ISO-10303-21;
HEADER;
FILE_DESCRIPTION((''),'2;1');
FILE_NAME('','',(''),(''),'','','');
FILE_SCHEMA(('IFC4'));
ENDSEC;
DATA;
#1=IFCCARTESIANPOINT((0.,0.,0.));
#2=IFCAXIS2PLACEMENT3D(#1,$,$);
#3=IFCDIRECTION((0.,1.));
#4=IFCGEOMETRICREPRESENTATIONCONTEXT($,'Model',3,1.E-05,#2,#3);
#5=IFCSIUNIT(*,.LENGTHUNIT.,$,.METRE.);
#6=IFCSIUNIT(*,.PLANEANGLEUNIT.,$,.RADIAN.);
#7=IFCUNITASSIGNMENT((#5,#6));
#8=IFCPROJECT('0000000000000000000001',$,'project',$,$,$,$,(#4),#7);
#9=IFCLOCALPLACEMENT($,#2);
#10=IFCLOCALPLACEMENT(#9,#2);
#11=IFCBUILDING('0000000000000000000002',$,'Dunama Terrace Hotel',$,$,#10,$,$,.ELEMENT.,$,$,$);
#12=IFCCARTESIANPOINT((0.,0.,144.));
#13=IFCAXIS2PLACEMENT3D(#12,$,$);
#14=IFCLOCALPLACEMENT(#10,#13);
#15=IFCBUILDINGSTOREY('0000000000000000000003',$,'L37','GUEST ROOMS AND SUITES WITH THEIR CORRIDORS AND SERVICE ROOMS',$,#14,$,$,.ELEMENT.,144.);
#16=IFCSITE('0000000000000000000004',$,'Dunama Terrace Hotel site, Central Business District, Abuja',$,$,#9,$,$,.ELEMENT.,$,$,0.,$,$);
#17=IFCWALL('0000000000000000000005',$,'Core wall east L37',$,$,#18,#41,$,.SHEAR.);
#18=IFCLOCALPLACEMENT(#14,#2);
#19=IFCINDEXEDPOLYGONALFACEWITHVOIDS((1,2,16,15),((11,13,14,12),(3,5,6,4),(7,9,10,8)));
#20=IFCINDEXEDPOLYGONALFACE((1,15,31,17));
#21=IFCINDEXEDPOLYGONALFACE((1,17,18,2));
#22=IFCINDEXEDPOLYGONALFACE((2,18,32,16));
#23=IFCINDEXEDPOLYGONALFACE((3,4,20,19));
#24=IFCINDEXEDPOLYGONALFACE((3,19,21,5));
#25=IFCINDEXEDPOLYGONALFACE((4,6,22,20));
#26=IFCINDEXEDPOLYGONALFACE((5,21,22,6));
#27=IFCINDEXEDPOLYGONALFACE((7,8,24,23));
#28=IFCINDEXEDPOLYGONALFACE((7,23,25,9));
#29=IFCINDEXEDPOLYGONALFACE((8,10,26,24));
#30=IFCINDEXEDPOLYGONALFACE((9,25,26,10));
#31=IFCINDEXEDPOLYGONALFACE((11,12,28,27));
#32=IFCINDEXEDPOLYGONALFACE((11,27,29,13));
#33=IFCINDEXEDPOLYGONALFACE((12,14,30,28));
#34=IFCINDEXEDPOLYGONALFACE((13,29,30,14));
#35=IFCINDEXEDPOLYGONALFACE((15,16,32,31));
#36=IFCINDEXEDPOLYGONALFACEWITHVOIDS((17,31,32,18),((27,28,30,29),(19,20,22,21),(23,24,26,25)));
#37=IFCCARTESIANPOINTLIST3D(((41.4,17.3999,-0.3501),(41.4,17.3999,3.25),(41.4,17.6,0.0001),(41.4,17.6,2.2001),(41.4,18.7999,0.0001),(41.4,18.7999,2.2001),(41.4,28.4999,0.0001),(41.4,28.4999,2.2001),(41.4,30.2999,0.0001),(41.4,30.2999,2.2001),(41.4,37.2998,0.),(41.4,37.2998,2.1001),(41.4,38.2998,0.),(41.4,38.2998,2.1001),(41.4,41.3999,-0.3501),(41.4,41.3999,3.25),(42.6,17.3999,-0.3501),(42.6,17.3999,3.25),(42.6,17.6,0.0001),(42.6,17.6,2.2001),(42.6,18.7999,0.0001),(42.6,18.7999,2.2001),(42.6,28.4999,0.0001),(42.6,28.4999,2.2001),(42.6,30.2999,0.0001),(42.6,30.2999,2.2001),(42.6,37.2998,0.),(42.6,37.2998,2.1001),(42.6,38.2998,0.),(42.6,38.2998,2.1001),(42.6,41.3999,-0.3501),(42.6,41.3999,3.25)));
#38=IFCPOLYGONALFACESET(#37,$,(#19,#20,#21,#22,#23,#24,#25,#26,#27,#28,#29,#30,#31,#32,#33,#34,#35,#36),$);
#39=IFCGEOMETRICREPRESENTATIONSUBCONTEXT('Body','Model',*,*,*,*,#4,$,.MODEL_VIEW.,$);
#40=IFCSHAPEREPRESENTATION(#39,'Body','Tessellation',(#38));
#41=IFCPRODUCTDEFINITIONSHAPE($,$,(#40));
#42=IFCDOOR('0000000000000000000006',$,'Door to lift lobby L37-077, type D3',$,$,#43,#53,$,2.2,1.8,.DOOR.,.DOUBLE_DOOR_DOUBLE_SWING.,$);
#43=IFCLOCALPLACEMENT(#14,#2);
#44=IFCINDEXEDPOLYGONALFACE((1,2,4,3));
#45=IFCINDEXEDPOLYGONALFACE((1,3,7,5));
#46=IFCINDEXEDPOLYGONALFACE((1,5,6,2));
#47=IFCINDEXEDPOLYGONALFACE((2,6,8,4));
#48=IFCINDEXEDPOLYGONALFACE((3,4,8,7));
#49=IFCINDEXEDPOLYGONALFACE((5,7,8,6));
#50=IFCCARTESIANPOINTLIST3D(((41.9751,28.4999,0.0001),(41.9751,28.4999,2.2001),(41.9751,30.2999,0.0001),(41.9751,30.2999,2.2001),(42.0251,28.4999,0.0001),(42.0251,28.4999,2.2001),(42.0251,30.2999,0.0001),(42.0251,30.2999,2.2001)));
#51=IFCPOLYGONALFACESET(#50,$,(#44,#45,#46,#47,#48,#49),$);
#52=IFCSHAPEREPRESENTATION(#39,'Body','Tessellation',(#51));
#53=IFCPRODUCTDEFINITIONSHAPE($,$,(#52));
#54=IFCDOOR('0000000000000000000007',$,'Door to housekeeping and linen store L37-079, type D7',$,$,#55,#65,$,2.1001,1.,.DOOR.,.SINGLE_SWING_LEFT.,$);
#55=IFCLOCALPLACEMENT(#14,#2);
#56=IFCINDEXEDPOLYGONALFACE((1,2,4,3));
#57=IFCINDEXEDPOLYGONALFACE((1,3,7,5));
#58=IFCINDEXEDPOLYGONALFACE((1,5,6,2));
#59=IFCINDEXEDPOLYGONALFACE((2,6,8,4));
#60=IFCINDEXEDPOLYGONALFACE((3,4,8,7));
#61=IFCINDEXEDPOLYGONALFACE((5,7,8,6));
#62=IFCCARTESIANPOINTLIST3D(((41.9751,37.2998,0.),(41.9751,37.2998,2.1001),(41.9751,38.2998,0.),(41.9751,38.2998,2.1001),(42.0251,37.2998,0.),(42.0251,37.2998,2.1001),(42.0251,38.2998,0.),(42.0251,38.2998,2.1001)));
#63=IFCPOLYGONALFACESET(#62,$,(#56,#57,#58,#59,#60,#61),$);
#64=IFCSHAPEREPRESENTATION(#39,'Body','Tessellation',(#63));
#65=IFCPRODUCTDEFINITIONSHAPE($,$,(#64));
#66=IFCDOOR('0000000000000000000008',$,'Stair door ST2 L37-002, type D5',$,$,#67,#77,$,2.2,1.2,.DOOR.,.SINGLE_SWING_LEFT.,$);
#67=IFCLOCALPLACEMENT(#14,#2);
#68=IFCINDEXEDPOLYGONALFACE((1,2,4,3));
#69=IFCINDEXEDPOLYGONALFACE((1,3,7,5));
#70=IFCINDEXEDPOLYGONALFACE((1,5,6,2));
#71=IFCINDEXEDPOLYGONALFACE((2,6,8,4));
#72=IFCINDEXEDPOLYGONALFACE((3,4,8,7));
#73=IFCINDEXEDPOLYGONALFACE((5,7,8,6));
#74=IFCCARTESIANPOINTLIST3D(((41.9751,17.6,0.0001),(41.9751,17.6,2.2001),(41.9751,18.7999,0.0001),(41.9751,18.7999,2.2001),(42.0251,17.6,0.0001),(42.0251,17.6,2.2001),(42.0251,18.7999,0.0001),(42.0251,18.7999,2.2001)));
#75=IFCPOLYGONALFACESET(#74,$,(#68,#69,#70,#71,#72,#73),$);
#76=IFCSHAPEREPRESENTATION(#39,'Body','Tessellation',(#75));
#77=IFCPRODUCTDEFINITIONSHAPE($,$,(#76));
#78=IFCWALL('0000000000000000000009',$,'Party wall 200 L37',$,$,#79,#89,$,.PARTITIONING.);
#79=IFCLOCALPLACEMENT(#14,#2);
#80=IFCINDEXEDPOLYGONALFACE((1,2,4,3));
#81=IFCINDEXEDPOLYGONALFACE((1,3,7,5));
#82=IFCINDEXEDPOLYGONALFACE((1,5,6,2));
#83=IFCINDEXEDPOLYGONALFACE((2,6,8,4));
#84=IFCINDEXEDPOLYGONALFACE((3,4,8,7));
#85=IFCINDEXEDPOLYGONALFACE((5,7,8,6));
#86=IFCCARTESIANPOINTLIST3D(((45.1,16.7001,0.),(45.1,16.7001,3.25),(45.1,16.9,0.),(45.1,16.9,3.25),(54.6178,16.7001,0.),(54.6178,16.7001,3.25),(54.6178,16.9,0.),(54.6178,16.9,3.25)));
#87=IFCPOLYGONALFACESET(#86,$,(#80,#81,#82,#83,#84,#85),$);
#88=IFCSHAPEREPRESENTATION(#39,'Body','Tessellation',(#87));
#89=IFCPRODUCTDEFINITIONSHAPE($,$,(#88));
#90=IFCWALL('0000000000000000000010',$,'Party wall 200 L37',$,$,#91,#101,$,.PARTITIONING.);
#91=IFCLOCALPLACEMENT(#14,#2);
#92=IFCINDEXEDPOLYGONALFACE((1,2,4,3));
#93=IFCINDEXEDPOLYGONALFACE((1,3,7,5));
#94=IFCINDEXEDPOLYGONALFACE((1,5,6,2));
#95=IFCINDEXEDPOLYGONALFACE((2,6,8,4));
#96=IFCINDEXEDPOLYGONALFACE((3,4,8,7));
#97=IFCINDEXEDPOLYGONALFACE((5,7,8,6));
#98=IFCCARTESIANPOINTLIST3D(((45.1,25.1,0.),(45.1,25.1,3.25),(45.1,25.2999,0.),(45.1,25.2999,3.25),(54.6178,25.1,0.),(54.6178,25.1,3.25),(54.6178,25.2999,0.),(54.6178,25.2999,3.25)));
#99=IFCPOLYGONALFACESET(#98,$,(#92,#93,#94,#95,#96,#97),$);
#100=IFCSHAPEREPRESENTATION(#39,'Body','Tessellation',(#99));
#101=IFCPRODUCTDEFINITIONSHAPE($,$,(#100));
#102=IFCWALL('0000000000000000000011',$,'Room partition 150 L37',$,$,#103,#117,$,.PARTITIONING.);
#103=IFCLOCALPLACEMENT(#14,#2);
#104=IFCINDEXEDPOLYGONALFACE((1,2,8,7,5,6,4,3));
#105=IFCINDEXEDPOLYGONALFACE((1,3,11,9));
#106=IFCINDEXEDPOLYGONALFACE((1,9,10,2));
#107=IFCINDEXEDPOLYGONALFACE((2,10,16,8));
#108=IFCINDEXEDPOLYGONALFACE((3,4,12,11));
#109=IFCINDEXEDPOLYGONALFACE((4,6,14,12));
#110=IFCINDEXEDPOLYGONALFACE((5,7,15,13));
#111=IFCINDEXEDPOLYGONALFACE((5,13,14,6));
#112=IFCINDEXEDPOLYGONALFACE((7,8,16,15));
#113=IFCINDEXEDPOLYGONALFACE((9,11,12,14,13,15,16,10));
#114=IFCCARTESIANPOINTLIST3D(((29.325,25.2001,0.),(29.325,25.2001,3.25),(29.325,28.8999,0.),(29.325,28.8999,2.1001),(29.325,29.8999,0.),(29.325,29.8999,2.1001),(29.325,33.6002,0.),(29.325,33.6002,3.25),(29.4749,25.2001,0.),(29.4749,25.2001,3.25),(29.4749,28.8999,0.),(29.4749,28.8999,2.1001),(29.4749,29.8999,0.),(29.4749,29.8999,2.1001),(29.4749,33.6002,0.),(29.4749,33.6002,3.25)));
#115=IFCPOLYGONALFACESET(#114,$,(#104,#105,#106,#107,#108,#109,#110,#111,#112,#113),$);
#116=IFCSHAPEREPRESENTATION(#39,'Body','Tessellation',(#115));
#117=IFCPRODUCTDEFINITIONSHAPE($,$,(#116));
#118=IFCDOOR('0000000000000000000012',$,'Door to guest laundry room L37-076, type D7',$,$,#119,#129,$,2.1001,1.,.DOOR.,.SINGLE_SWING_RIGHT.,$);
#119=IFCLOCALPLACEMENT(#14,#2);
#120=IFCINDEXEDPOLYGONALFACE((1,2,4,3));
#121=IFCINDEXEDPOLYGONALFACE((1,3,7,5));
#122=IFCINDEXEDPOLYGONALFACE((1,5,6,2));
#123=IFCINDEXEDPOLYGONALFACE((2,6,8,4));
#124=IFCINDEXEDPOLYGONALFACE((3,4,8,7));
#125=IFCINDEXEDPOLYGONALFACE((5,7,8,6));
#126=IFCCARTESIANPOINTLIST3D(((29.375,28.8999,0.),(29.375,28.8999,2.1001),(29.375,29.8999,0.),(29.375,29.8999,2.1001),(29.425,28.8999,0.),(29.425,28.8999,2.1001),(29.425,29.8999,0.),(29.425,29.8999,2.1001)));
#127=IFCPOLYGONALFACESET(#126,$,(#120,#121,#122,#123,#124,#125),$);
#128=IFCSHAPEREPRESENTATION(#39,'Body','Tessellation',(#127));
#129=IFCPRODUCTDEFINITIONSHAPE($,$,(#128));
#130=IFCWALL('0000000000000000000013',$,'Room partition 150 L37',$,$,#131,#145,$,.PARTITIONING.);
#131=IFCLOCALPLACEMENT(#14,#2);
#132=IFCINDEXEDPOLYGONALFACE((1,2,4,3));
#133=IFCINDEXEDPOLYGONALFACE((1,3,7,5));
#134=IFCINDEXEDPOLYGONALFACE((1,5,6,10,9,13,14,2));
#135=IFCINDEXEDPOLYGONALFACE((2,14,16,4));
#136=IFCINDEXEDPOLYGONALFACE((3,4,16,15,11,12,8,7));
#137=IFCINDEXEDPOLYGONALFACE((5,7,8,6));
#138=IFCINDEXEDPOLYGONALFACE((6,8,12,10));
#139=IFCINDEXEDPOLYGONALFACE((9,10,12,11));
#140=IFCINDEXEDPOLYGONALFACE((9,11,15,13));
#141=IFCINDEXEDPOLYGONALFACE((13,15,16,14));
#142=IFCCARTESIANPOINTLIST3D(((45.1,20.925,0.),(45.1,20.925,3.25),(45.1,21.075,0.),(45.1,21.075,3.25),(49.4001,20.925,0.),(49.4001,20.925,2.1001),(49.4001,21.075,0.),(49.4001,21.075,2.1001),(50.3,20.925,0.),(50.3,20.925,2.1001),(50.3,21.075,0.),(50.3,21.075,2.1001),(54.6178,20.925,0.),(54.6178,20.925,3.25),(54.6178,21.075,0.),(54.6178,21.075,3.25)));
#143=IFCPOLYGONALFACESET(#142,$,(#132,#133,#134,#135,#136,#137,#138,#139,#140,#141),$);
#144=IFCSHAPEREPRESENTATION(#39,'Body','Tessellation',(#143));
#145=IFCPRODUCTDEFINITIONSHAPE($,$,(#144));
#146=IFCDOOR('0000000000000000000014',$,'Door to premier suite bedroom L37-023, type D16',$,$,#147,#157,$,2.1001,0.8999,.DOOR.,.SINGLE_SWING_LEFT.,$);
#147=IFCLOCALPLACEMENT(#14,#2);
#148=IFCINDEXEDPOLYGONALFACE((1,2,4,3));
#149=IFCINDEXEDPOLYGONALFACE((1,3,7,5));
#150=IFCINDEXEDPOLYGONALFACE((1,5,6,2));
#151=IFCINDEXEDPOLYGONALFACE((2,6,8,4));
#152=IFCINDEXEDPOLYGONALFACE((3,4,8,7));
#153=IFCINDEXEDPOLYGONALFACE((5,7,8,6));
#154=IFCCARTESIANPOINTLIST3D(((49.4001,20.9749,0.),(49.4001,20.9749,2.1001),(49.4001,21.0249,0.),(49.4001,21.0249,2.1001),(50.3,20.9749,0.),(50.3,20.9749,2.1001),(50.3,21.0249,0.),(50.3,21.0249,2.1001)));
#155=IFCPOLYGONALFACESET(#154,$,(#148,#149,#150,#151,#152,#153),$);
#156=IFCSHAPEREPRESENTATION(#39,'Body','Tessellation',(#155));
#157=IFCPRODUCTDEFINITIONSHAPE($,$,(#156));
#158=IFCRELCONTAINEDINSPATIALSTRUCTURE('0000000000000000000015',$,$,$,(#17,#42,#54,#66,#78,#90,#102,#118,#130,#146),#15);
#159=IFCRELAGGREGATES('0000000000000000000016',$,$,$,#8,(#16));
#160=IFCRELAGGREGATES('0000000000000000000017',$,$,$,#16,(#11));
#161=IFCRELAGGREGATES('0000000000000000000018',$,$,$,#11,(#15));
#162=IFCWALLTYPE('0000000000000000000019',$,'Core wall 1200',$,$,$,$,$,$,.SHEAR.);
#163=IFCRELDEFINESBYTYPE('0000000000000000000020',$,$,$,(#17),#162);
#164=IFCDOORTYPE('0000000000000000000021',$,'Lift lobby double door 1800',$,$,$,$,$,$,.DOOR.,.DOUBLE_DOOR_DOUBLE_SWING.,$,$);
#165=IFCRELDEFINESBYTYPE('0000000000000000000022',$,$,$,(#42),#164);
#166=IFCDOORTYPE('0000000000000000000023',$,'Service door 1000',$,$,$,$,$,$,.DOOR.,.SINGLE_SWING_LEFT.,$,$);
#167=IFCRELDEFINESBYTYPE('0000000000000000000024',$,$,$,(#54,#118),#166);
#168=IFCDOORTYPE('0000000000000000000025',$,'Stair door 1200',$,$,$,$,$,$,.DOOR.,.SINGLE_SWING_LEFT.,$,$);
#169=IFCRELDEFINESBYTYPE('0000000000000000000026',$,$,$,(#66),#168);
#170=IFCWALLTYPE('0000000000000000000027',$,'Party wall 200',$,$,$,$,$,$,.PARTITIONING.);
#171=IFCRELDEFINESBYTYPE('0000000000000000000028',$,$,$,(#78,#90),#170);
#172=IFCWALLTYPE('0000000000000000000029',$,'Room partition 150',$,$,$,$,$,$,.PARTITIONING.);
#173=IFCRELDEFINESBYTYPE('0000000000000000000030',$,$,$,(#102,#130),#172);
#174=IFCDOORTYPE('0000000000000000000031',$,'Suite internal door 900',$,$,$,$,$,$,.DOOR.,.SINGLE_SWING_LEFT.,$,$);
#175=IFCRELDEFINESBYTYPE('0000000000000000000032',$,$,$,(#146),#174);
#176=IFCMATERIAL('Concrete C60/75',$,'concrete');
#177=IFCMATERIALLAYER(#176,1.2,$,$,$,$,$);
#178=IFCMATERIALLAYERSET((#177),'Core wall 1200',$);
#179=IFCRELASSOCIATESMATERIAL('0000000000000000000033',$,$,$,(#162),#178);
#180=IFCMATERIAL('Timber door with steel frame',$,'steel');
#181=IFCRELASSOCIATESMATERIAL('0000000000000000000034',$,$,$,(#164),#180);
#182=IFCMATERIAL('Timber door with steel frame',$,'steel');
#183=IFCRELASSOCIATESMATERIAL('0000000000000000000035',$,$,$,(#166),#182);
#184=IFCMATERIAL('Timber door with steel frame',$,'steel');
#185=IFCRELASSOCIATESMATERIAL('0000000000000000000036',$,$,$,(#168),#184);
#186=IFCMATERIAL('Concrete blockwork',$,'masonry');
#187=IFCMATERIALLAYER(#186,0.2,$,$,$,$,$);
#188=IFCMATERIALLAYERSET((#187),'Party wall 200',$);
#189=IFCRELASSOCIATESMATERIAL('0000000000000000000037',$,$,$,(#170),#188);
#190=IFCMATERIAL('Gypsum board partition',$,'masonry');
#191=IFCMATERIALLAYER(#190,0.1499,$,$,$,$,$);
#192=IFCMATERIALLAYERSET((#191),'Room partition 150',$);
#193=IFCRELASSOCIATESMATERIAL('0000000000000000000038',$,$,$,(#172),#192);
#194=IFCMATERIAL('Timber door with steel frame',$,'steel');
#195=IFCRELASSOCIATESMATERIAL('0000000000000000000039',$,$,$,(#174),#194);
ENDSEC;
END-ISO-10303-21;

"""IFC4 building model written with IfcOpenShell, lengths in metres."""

from ifc_helpers import new_model, si_unit, direction, frame, frame_2d, origin, place, context, subcontext, project, spatial, rectangle, extrude, material, layer, layer_set, type_object, element, fill, save


model = new_model("IFC4")

# Units and contexts
model_context = context("Model", 3, precision=1e-05, world=origin(), true_north=direction((0.0, 1.0)))
body_context = subcontext(model_context, "Body", "Model", "MODEL_VIEW")
ifc_project = project(units=[si_unit("LENGTHUNIT", "METRE"), si_unit("PLANEANGLEUNIT", "RADIAN")], contexts=[model_context])

# Site, building, storey
site_placement = place(None, origin())
site = spatial("IfcSite", under=ifc_project, at=site_placement, Name="Dunama Terrace Hotel site, Central Business District, Abuja", CompositionType="ELEMENT", RefElevation=0.0)
building_placement = place(site_placement, origin())
building = spatial("IfcBuilding", under=site, at=building_placement, Name="Dunama Terrace Hotel", CompositionType="ELEMENT")
storey_placement = place(building_placement, frame((0.0, 0.0, 144.0)))
storey = spatial("IfcBuildingStorey", under=building, at=storey_placement, Name="L37", Description="GUEST ROOMS AND SUITES WITH THEIR CORRIDORS AND SERVICE ROOMS", CompositionType="ELEMENT", Elevation=144.0)

# Wall, openings, doors
ifc_material_1 = material(Name="Concrete C60/75", Category="concrete")
ifc_layer_1 = layer(ifc_material_1, 1.2)
ifc_layer_set_1 = layer_set([ifc_layer_1], Name="Core wall 1200")
wall_type_1 = type_object("IfcWallType", Name="Core wall 1200", PredefinedType="SHEAR", material=ifc_layer_set_1)
wall_1_placement = place(storey_placement, frame((42.0, 17.3999, -0.3501), z_axis=(0.0, 0.0, 1.0), x_axis=(0.0, 1.0, 0.0)))
wall_1 = element("IfcWall", 1, at=wall_1_placement, inside=storey, type_object=wall_type_1, Name="Core wall east L37", PredefinedType="SHEAR", context=body_context, shape_type="SweptSolid", body=[
    extrude(rectangle(XDim=24.0, YDim=1.2, at=frame_2d((12.0, 0.0))), origin(), (0.0, 0.0, 1.0), 3.6001),
])
opening_1_placement = place(wall_1_placement, frame((0.2, 0.0, 0.3501)))
opening_1 = element("IfcOpeningElement", 2, at=opening_1_placement, cuts=wall_1, PredefinedType="OPENING", context=body_context, shape_type="SweptSolid", body=[
    extrude(rectangle(XDim=1.2, YDim=2.2, at=frame_2d((0.6001, 1.1001))), frame((0.0, 0.6099, 0.0), z_axis=(0.0, -1.0, 0.0), x_axis=(1.0, 0.0, 0.0)), (0.0, 0.0, 1.0), 1.22),
])
opening_2_placement = place(wall_1_placement, frame((11.1001, 0.0, 0.3501)))
opening_2 = element("IfcOpeningElement", 3, at=opening_2_placement, cuts=wall_1, PredefinedType="OPENING", context=body_context, shape_type="SweptSolid", body=[
    extrude(rectangle(XDim=1.8, YDim=2.2, at=frame_2d((0.8999, 1.1001))), frame((0.0, 0.6099, 0.0), z_axis=(0.0, -1.0, 0.0), x_axis=(1.0, 0.0, 0.0)), (0.0, 0.0, 1.0), 1.22),
])
opening_3_placement = place(wall_1_placement, frame((19.8999, 0.0, 0.3501)))
opening_3 = element("IfcOpeningElement", 4, at=opening_3_placement, cuts=wall_1, PredefinedType="OPENING", context=body_context, shape_type="SweptSolid", body=[
    extrude(rectangle(XDim=1.0, YDim=2.1001, at=frame_2d((0.5, 1.05))), frame((0.0, 0.6099, 0.0), z_axis=(0.0, -1.0, 0.0), x_axis=(1.0, 0.0, 0.0)), (0.0, 0.0, 1.0), 1.22),
])
ifc_material_2 = material(Name="Timber door with steel frame", Category="steel")
door_type_1 = type_object("IfcDoorType", Name="Lift lobby double door 1800", OperationType="DOUBLE_DOOR_DOUBLE_SWING", PredefinedType="DOOR", material=ifc_material_2)
door_1_placement = place(opening_2_placement, origin())
door_1 = element("IfcDoor", 5, at=door_1_placement, inside=storey, type_object=door_type_1, Name="Door to lift lobby L37-077, type D3", OperationType="DOUBLE_DOOR_DOUBLE_SWING", OverallHeight=2.2, OverallWidth=1.8, PredefinedType="DOOR", context=body_context, shape_type="SweptSolid", body=[
    extrude(rectangle(XDim=1.8, YDim=2.2, at=frame_2d((0.8999, 1.1001))), frame((0.0, 0.0249, 0.0), z_axis=(0.0, -1.0, 0.0), x_axis=(1.0, 0.0, 0.0)), (0.0, 0.0, 1.0), 0.05),
])
fill(opening_2, door_1)
ifc_material_3 = material(Name="Timber door with steel frame", Category="steel")
door_type_2 = type_object("IfcDoorType", Name="Service door 1000", OperationType="SINGLE_SWING_LEFT", PredefinedType="DOOR", material=ifc_material_3)
door_2_placement = place(opening_3_placement, origin())
door_2 = element("IfcDoor", 6, at=door_2_placement, inside=storey, type_object=door_type_2, Name="Door to housekeeping and linen store L37-079, type D7", OperationType="SINGLE_SWING_LEFT", OverallHeight=2.1001, OverallWidth=1.0, PredefinedType="DOOR", context=body_context, shape_type="SweptSolid", body=[
    extrude(rectangle(XDim=1.0, YDim=2.1001, at=frame_2d((0.5, 1.05))), frame((0.0, 0.0249, 0.0), z_axis=(0.0, -1.0, 0.0), x_axis=(1.0, 0.0, 0.0)), (0.0, 0.0, 1.0), 0.05),
])
fill(opening_3, door_2)
ifc_material_4 = material(Name="Timber door with steel frame", Category="steel")
door_type_3 = type_object("IfcDoorType", Name="Stair door 1200", OperationType="SINGLE_SWING_LEFT", PredefinedType="DOOR", material=ifc_material_4)
door_3_placement = place(opening_1_placement, origin())
door_3 = element("IfcDoor", 7, at=door_3_placement, inside=storey, type_object=door_type_3, Name="Stair door ST2 L37-002, type D5", OperationType="SINGLE_SWING_LEFT", OverallHeight=2.2, OverallWidth=1.2, PredefinedType="DOOR", context=body_context, shape_type="SweptSolid", body=[
    extrude(rectangle(XDim=1.2, YDim=2.2, at=frame_2d((0.6001, 1.1001))), frame((0.0, 0.0249, 0.0), z_axis=(0.0, -1.0, 0.0), x_axis=(1.0, 0.0, 0.0)), (0.0, 0.0, 1.0), 0.05),
])
fill(opening_1, door_3)

# Walls
ifc_material_5 = material(Name="Concrete blockwork", Category="masonry")
ifc_layer_2 = layer(ifc_material_5, 0.2)
ifc_layer_set_2 = layer_set([ifc_layer_2], Name="Party wall 200")
wall_type_2 = type_object("IfcWallType", Name="Party wall 200", PredefinedType="PARTITIONING", material=ifc_layer_set_2)
for number, where, z_axis, x_axis, name in (
    (8, (45.1001, 16.8, 0.0), (0.0, 0.0, 1.0), (1.0, 0.0, 0.0), "Party wall 200 L37"),
    (9, (45.1001, 25.2, 0.0), (0.0, 0.0, 1.0), (1.0, 0.0, 0.0), "Party wall 200 L37"),
):
    element("IfcWall", number, at=place(storey_placement, frame(where, z_axis=z_axis, x_axis=x_axis)), inside=storey, type_object=wall_type_2, Name=name, PredefinedType="PARTITIONING", context=body_context, shape_type="SweptSolid", body=[
        extrude(rectangle(XDim=9.5178, YDim=0.2, at=frame_2d((4.7588, 0.0))), origin(), (0.0, 0.0, 1.0), 3.25),
    ])

# Walls, openings, doors
ifc_material_6 = material(Name="Gypsum board partition", Category="masonry")
ifc_layer_3 = layer(ifc_material_6, 0.1499)
ifc_layer_set_3 = layer_set([ifc_layer_3], Name="Room partition 150")
wall_type_3 = type_object("IfcWallType", Name="Room partition 150", PredefinedType="PARTITIONING", material=ifc_layer_set_3)
wall_2_placement = place(storey_placement, frame((29.3999, 25.2, 0.0), z_axis=(0.0, 0.0, 1.0), x_axis=(0.0, 1.0, 0.0)))
wall_2 = element("IfcWall", 10, at=wall_2_placement, inside=storey, type_object=wall_type_3, Name="Room partition 150 L37", PredefinedType="PARTITIONING", context=body_context, shape_type="SweptSolid", body=[
    extrude(rectangle(XDim=8.4001, YDim=0.1499, at=frame_2d((4.2002, 0.0))), origin(), (0.0, 0.0, 1.0), 3.25),
])
opening_4_placement = place(wall_2_placement, frame((3.7, 0.0, 0.0)))
opening_4 = element("IfcOpeningElement", 11, at=opening_4_placement, cuts=wall_2, PredefinedType="OPENING", context=body_context, shape_type="SweptSolid", body=[
    extrude(rectangle(XDim=1.0, YDim=2.1001, at=frame_2d((0.5, 1.05))), frame((0.0, 0.085, 0.0), z_axis=(0.0, -1.0, 0.0), x_axis=(1.0, 0.0, 0.0)), (0.0, 0.0, 1.0), 0.1699),
])
door_4_placement = place(opening_4_placement, frame((1.0, 0.0, 0.0), z_axis=(0.0, 0.0, 1.0), x_axis=(-1.0, 0.0, 0.0)))
door_4 = element("IfcDoor", 12, at=door_4_placement, inside=storey, type_object=door_type_2, Name="Door to guest laundry room L37-076, type D7", OperationType="SINGLE_SWING_RIGHT", OverallHeight=2.1001, OverallWidth=1.0, PredefinedType="DOOR", context=body_context, shape_type="SweptSolid", body=[
    extrude(rectangle(XDim=1.0, YDim=2.1001, at=frame_2d((0.5, 1.05))), frame((0.0, 0.0251, 0.0), z_axis=(0.0, -1.0, 0.0), x_axis=(1.0, 0.0, 0.0)), (0.0, 0.0, 1.0), 0.05),
])
fill(opening_4, door_4)
wall_3_placement = place(storey_placement, frame((45.1001, 21.0, 0.0), z_axis=(0.0, 0.0, 1.0), x_axis=(1.0, 0.0, 0.0)))
wall_3 = element("IfcWall", 13, at=wall_3_placement, inside=storey, type_object=wall_type_3, Name="Room partition 150 L37", PredefinedType="PARTITIONING", context=body_context, shape_type="SweptSolid", body=[
    extrude(rectangle(XDim=9.5178, YDim=0.1499, at=frame_2d((4.7588, 0.0))), origin(), (0.0, 0.0, 1.0), 3.25),
])
opening_5_placement = place(wall_3_placement, frame((4.3, 0.0, 0.0)))
opening_5 = element("IfcOpeningElement", 14, at=opening_5_placement, cuts=wall_3, PredefinedType="OPENING", context=body_context, shape_type="SweptSolid", body=[
    extrude(rectangle(XDim=0.8999, YDim=2.1001, at=frame_2d((0.45, 1.05))), frame((0.0, 0.085, 0.0), z_axis=(0.0, -1.0, 0.0), x_axis=(1.0, 0.0, 0.0)), (0.0, 0.0, 1.0), 0.1699),
])
ifc_material_7 = material(Name="Timber door with steel frame", Category="steel")
door_type_4 = type_object("IfcDoorType", Name="Suite internal door 900", OperationType="SINGLE_SWING_LEFT", PredefinedType="DOOR", material=ifc_material_7)
door_5_placement = place(opening_5_placement, origin())
door_5 = element("IfcDoor", 15, at=door_5_placement, inside=storey, type_object=door_type_4, Name="Door to premier suite bedroom L37-023, type D16", OperationType="SINGLE_SWING_LEFT", OverallHeight=2.1001, OverallWidth=0.8999, PredefinedType="DOOR", context=body_context, shape_type="SweptSolid", body=[
    extrude(rectangle(XDim=0.8999, YDim=2.1001, at=frame_2d((0.45, 1.05))), frame((0.0, 0.0249, 0.0), z_axis=(0.0, -1.0, 0.0), x_axis=(1.0, 0.0, 0.0)), (0.0, 0.0, 1.0), 0.05),
])
fill(opening_5, door_5)

save(model, "model.ifc")
